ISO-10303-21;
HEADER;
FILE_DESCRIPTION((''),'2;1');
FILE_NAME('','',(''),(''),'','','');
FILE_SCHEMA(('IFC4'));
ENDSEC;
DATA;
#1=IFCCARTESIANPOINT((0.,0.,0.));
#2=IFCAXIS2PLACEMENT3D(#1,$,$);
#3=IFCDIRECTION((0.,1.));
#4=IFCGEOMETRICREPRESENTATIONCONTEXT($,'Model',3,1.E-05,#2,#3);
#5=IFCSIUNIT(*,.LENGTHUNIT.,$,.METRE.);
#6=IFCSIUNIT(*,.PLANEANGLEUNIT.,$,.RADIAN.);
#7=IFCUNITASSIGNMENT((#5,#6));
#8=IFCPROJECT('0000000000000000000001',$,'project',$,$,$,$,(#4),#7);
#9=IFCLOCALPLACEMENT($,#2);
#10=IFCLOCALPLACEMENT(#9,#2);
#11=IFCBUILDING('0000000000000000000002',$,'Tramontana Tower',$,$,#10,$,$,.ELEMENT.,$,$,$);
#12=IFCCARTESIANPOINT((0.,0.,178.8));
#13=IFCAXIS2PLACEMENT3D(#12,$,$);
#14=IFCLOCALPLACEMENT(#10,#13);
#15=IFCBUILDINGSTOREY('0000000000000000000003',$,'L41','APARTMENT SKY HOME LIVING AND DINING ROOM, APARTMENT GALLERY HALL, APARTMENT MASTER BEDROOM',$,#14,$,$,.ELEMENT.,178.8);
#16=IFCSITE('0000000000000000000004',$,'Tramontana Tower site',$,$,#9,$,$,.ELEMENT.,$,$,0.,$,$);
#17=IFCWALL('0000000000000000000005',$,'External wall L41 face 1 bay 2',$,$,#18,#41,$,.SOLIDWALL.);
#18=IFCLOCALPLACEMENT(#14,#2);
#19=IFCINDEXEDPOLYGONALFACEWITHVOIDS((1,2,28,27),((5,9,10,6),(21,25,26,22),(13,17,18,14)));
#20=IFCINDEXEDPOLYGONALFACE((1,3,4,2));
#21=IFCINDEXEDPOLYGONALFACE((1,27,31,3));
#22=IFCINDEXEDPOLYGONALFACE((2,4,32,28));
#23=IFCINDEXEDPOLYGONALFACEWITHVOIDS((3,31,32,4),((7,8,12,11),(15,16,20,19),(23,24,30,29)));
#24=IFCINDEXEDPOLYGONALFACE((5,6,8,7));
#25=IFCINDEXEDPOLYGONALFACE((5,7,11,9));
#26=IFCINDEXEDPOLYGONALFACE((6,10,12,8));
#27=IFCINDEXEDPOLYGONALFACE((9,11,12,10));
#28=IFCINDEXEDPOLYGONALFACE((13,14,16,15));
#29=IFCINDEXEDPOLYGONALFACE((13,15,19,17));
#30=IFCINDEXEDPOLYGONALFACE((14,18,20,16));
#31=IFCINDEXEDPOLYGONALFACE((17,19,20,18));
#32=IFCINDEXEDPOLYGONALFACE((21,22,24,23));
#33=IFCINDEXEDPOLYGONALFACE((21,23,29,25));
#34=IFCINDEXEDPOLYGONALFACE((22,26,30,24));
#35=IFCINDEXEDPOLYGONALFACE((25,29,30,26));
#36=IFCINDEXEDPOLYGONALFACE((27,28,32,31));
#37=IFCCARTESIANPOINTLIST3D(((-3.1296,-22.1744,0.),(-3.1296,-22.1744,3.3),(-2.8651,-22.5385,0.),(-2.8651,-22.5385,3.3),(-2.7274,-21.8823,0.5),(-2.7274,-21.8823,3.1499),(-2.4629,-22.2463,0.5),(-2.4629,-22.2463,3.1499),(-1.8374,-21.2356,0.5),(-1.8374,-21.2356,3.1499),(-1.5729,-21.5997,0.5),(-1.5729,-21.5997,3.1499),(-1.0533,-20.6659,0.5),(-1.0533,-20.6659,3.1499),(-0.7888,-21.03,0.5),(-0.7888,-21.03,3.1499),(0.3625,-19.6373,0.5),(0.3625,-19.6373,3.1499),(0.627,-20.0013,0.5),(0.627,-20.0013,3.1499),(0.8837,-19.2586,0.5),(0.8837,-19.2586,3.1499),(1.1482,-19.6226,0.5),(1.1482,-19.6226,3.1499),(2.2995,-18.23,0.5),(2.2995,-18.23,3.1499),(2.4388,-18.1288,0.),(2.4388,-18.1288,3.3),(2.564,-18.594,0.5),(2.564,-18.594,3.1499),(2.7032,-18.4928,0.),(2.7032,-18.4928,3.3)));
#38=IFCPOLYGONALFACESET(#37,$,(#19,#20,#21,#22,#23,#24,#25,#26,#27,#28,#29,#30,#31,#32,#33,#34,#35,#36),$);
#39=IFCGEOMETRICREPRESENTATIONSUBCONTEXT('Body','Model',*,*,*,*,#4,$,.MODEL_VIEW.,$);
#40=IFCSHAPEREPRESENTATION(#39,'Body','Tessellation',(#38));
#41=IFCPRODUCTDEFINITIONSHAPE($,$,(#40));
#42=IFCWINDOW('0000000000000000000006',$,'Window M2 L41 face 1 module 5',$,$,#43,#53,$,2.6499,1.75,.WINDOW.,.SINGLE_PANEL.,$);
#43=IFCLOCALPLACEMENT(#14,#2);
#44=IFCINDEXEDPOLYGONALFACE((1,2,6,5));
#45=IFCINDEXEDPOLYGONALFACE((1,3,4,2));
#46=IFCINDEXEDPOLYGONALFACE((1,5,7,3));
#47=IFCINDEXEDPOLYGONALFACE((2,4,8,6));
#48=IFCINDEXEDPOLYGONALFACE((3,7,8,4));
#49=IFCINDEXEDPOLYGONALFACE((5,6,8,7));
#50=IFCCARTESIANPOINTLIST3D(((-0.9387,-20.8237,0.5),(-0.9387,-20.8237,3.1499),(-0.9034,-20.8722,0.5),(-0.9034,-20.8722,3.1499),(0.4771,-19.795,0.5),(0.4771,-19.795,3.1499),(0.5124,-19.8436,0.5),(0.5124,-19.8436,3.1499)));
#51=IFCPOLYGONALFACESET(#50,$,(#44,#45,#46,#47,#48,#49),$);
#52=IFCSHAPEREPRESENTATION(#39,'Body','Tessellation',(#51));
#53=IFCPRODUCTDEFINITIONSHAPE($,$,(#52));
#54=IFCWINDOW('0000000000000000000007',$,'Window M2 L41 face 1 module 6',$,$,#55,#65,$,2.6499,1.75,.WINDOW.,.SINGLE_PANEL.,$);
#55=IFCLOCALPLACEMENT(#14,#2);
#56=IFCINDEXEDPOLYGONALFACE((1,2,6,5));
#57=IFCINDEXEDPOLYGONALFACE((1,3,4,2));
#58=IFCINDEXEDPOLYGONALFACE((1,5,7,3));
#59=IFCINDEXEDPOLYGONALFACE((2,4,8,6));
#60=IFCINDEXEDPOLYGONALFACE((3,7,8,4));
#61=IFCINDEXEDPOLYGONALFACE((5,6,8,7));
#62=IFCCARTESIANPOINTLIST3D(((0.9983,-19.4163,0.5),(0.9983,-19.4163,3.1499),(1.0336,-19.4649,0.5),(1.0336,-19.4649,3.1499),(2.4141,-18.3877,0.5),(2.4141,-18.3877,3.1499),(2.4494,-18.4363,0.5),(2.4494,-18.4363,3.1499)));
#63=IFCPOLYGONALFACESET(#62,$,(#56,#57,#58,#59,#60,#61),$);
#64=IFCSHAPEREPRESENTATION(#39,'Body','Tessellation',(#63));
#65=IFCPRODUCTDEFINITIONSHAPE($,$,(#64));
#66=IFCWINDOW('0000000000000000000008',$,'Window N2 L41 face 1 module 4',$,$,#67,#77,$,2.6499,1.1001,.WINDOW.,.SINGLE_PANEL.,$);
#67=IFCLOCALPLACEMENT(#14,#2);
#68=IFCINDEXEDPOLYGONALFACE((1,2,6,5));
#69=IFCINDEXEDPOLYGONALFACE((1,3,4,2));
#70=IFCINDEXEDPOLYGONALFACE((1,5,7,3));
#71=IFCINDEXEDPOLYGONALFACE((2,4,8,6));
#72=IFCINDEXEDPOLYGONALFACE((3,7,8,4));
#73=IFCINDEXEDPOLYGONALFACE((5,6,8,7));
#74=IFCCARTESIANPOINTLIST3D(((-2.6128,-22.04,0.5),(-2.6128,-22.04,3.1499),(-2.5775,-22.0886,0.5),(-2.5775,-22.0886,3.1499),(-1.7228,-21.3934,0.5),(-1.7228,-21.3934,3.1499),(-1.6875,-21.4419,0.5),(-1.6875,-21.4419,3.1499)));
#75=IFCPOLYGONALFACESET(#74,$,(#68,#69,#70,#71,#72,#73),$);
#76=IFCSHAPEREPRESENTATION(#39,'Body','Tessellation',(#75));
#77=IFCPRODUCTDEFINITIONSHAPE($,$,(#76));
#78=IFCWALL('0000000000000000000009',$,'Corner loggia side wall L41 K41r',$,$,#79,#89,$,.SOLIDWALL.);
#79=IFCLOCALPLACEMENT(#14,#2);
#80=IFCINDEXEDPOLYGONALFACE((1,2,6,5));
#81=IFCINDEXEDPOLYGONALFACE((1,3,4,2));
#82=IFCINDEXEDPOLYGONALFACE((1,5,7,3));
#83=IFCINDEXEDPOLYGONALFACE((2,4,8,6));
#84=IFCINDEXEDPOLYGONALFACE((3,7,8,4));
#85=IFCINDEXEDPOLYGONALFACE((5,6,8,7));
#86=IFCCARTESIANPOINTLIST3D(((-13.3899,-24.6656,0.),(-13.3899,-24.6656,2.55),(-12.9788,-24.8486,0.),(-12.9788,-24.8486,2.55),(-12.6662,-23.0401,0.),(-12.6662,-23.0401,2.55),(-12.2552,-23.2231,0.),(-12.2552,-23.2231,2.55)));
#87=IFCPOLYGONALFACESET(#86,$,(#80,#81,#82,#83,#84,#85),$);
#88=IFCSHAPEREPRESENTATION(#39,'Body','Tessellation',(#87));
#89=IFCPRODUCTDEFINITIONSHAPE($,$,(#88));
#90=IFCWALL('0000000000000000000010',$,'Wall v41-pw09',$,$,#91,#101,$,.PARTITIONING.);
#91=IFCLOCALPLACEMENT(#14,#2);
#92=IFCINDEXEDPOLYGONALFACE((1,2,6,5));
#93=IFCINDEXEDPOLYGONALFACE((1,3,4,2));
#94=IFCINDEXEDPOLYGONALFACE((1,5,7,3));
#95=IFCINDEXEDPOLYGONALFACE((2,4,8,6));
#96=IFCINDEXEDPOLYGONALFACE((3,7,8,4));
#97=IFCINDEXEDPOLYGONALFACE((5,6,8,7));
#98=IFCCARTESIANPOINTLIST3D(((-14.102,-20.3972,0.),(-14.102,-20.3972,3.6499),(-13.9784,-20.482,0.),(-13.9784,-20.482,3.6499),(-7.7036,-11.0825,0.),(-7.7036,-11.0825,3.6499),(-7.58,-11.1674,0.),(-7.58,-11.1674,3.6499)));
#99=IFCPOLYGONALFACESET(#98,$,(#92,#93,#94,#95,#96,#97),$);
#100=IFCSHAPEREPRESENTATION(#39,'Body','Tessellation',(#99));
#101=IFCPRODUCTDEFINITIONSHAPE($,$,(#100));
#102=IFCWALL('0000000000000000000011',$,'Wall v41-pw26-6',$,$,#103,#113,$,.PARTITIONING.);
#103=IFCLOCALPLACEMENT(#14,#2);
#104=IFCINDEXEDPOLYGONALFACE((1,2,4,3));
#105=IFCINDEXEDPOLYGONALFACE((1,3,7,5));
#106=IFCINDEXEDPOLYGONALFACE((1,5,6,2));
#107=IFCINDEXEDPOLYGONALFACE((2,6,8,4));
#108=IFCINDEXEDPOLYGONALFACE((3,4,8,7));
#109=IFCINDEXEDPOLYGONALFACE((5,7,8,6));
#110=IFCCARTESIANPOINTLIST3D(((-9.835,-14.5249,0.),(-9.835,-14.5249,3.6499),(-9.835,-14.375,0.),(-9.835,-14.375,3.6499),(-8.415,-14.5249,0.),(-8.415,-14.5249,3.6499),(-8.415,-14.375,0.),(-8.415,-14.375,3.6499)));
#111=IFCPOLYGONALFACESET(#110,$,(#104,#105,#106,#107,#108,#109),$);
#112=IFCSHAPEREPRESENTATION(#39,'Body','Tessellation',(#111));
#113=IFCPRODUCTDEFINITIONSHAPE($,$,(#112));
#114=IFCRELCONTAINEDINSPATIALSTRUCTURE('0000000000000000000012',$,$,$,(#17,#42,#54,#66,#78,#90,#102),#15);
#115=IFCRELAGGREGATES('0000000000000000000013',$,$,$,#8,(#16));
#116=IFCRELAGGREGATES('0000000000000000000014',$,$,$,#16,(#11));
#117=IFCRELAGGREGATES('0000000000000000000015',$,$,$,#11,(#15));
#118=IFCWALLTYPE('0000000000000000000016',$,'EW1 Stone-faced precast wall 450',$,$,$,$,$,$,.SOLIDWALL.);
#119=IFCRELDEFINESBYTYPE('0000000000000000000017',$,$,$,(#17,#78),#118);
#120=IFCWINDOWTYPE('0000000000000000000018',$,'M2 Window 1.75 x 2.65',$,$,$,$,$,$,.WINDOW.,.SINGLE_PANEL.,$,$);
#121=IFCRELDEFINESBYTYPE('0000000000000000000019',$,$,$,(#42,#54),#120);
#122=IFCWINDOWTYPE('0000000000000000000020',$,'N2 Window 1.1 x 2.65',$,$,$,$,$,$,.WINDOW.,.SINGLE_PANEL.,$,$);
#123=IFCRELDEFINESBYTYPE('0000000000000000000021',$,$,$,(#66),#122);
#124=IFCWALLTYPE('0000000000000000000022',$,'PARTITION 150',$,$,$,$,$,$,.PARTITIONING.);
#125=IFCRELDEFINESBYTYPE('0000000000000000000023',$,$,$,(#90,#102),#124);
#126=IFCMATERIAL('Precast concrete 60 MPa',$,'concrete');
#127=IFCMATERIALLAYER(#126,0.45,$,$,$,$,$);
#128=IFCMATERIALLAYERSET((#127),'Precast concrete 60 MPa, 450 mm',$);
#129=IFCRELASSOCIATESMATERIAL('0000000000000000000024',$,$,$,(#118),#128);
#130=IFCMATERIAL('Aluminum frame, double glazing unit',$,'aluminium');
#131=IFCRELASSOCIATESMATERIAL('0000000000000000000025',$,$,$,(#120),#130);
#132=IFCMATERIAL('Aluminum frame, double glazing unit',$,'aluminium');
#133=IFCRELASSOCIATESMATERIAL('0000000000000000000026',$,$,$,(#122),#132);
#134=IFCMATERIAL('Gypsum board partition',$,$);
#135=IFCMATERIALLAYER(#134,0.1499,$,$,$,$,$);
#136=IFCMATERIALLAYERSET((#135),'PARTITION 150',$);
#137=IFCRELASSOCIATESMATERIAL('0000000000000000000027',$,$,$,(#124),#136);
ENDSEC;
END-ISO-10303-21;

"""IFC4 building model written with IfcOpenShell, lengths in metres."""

from ifc_helpers import new_model, si_unit, direction, frame, frame_2d, origin, place, context, subcontext, project, spatial, rectangle, extrude, material, layer, layer_set, type_object, element, fill, save


model = new_model("IFC4")

# Units and contexts
model_context = context("Model", 3, precision=1e-05, world=origin(), true_north=direction((0.0, 1.0)))
body_context = subcontext(model_context, "Body", "Model", "MODEL_VIEW")
ifc_project = project(units=[si_unit("LENGTHUNIT", "METRE"), si_unit("PLANEANGLEUNIT", "RADIAN")], contexts=[model_context])

# Site, building, storey
site_placement = place(None, origin())
site = spatial("IfcSite", under=ifc_project, at=site_placement, Name="Tramontana Tower site", CompositionType="ELEMENT", RefElevation=0.0)
building_placement = place(site_placement, origin())
building = spatial("IfcBuilding", under=site, at=building_placement, Name="Tramontana Tower", CompositionType="ELEMENT")
storey_placement = place(building_placement, frame((0.0, 0.0, 178.8)))
storey = spatial("IfcBuildingStorey", under=building, at=storey_placement, Name="L41", Description="APARTMENT SKY HOME LIVING AND DINING ROOM, APARTMENT GALLERY HALL, APARTMENT MASTER BEDROOM", CompositionType="ELEMENT", Elevation=178.8)

# Wall, openings, windows
ifc_material_1 = material(Name="Precast concrete 60 MPa", Category="concrete")
ifc_layer_1 = layer(ifc_material_1, 0.45)
ifc_layer_set_1 = layer_set([ifc_layer_1], Name="Precast concrete 60 MPa, 450 mm")
wall_type_1 = type_object("IfcWallType", Name="EW1 Stone-faced precast wall 450", PredefinedType="SOLIDWALL", material=ifc_layer_set_1)
ifc_material_2 = material(Name="Aluminum frame, double glazing unit", Category="aluminium")
window_type_1 = type_object("IfcWindowType", Name="M2 Window 1.75 x 2.65", PartitioningType="SINGLE_PANEL", PredefinedType="WINDOW", material=ifc_material_2)
wall_1_placement = place(storey_placement, frame((-2.9973, -22.3564, 0.0), z_axis=(0.0, 0.0, 1.0), x_axis=(0.809017, 0.587786, 0.0)))
wall_1 = element("IfcWall", 1, at=wall_1_placement, inside=storey, type_object=wall_type_1, Name="External wall L41 face 1 bay 2", PredefinedType="SOLIDWALL", context=body_context, shape_type="SweptSolid", body=[
    extrude(rectangle(XDim=6.8828, YDim=0.45, at=frame_2d((3.4414, 0.0))), origin(), (0.0, 0.0, 1.0), 3.3),
])
opening_1_placement = place(wall_1_placement, frame((0.4971, 0.0, 0.5)))
opening_1 = element("IfcOpeningElement", 2, at=opening_1_placement, cuts=wall_1, PredefinedType="OPENING", context=body_context, shape_type="SweptSolid", body=[
    extrude(rectangle(XDim=1.1001, YDim=2.6499, at=frame_2d((0.55, 1.325))), frame((0.0, 0.2349, 0.0), z_axis=(0.0, -1.0, 0.0), x_axis=(1.0, 0.0, 0.0)), (0.0, 0.0, 1.0), 0.47),
])
opening_2_placement = place(wall_1_placement, frame((2.5664, 0.0, 0.5)))
opening_2 = element("IfcOpeningElement", 3, at=opening_2_placement, cuts=wall_1, PredefinedType="OPENING", context=body_context, shape_type="SweptSolid", body=[
    extrude(rectangle(XDim=1.75, YDim=2.6499, at=frame_2d((0.875, 1.325))), frame((0.0, 0.2349, 0.0), z_axis=(0.0, -1.0, 0.0), x_axis=(1.0, 0.0, 0.0)), (0.0, 0.0, 1.0), 0.47),
])
opening_3_placement = place(wall_1_placement, frame((4.9607, 0.0, 0.5)))
opening_3 = element("IfcOpeningElement", 4, at=opening_3_placement, cuts=wall_1, PredefinedType="OPENING", context=body_context, shape_type="SweptSolid", body=[
    extrude(rectangle(XDim=1.75, YDim=2.6499, at=frame_2d((0.875, 1.325))), frame((0.0, 0.2349, 0.0), z_axis=(0.0, -1.0, 0.0), x_axis=(1.0, 0.0, 0.0)), (0.0, 0.0, 1.0), 0.47),
])
window_1_placement = place(opening_2_placement, origin())
window_1 = element("IfcWindow", 5, at=window_1_placement, inside=storey, type_object=window_type_1, Name="Window M2 L41 face 1 module 5", OverallHeight=2.6499, OverallWidth=1.75, PartitioningType="SINGLE_PANEL", PredefinedType="WINDOW", context=body_context, shape_type="SweptSolid", body=[
    extrude(rectangle(XDim=1.75, YDim=2.6499, at=frame_2d((0.875, 1.325))), frame((0.0, 0.03, 0.0), z_axis=(0.0, -1.0, 0.0), x_axis=(1.0, 0.0, 0.0)), (0.0, 0.0, 1.0), 0.0601),
])
fill(opening_2, window_1)
window_2_placement = place(opening_3_placement, origin())
window_2 = element("IfcWindow", 6, at=window_2_placement, inside=storey, type_object=window_type_1, Name="Window M2 L41 face 1 module 6", OverallHeight=2.6499, OverallWidth=1.75, PartitioningType="SINGLE_PANEL", PredefinedType="WINDOW", context=body_context, shape_type="SweptSolid", body=[
    extrude(rectangle(XDim=1.75, YDim=2.6499, at=frame_2d((0.875, 1.325))), frame((0.0, 0.03, 0.0), z_axis=(0.0, -1.0, 0.0), x_axis=(1.0, 0.0, 0.0)), (0.0, 0.0, 1.0), 0.0601),
])
fill(opening_3, window_2)
ifc_material_3 = material(Name="Aluminum frame, double glazing unit", Category="aluminium")
window_type_2 = type_object("IfcWindowType", Name="N2 Window 1.1 x 2.65", PartitioningType="SINGLE_PANEL", PredefinedType="WINDOW", material=ifc_material_3)
window_3_placement = place(opening_1_placement, origin())
window_3 = element("IfcWindow", 7, at=window_3_placement, inside=storey, type_object=window_type_2, Name="Window N2 L41 face 1 module 4", OverallHeight=2.6499, OverallWidth=1.1001, PartitioningType="SINGLE_PANEL", PredefinedType="WINDOW", context=body_context, shape_type="SweptSolid", body=[
    extrude(rectangle(XDim=1.1001, YDim=2.6499, at=frame_2d((0.55, 1.325))), frame((0.0, 0.03, 0.0), z_axis=(0.0, -1.0, 0.0), x_axis=(1.0, 0.0, 0.0)), (0.0, 0.0, 1.0), 0.0601),
])
fill(opening_1, window_3)

# Wall
wall_2_placement = place(storey_placement, frame((-13.1843, -24.7571, 0.0), z_axis=(0.0, 0.0, 1.0), x_axis=(0.406699, 0.913562, 0.0)))
element("IfcWall", 8, at=wall_2_placement, inside=storey, type_object=wall_type_1, Name="Corner loggia side wall L41 K41r", PredefinedType="SOLIDWALL", context=body_context, shape_type="SweptSolid", body=[
    extrude(rectangle(XDim=1.7793, YDim=0.45, at=frame_2d((0.8896, 0.0))), origin(), (0.0, 0.0, 1.0), 2.55),
])

# Walls
ifc_material_4 = material(Name="Gypsum board partition")
ifc_layer_2 = layer(ifc_material_4, 0.1499)
ifc_layer_set_2 = layer_set([ifc_layer_2], Name="PARTITION 150")
wall_type_2 = type_object("IfcWallType", Name="PARTITION 150", PredefinedType="PARTITIONING", material=ifc_layer_set_2)
wall_3_placement = place(storey_placement, frame((-14.0403, -20.4397, 0.0), z_axis=(0.0, 0.0, 1.0), x_axis=(0.566203, 0.824266, 0.0)))
element("IfcWall", 9, at=wall_3_placement, inside=storey, type_object=wall_type_2, Name="Wall v41-pw09", PredefinedType="PARTITIONING", context=body_context, shape_type="SweptSolid", body=[
    extrude(rectangle(XDim=11.3005, YDim=0.1499, at=frame_2d((5.6504, 0.0))), origin(), (0.0, 0.0, 1.0), 3.6499),
])
wall_4_placement = place(storey_placement, frame((-8.415, -14.45, 0.0), z_axis=(0.0, 0.0, 1.0), x_axis=(-1.0, 0.0, 0.0)))
element("IfcWall", 10, at=wall_4_placement, inside=storey, type_object=wall_type_2, Name="Wall v41-pw26-6", PredefinedType="PARTITIONING", context=body_context, shape_type="SweptSolid", body=[
    extrude(rectangle(XDim=1.4199, YDim=0.1499, at=frame_2d((0.71, 0.0))), origin(), (0.0, 0.0, 1.0), 3.6499),
])

save(model, "model.ifc")
